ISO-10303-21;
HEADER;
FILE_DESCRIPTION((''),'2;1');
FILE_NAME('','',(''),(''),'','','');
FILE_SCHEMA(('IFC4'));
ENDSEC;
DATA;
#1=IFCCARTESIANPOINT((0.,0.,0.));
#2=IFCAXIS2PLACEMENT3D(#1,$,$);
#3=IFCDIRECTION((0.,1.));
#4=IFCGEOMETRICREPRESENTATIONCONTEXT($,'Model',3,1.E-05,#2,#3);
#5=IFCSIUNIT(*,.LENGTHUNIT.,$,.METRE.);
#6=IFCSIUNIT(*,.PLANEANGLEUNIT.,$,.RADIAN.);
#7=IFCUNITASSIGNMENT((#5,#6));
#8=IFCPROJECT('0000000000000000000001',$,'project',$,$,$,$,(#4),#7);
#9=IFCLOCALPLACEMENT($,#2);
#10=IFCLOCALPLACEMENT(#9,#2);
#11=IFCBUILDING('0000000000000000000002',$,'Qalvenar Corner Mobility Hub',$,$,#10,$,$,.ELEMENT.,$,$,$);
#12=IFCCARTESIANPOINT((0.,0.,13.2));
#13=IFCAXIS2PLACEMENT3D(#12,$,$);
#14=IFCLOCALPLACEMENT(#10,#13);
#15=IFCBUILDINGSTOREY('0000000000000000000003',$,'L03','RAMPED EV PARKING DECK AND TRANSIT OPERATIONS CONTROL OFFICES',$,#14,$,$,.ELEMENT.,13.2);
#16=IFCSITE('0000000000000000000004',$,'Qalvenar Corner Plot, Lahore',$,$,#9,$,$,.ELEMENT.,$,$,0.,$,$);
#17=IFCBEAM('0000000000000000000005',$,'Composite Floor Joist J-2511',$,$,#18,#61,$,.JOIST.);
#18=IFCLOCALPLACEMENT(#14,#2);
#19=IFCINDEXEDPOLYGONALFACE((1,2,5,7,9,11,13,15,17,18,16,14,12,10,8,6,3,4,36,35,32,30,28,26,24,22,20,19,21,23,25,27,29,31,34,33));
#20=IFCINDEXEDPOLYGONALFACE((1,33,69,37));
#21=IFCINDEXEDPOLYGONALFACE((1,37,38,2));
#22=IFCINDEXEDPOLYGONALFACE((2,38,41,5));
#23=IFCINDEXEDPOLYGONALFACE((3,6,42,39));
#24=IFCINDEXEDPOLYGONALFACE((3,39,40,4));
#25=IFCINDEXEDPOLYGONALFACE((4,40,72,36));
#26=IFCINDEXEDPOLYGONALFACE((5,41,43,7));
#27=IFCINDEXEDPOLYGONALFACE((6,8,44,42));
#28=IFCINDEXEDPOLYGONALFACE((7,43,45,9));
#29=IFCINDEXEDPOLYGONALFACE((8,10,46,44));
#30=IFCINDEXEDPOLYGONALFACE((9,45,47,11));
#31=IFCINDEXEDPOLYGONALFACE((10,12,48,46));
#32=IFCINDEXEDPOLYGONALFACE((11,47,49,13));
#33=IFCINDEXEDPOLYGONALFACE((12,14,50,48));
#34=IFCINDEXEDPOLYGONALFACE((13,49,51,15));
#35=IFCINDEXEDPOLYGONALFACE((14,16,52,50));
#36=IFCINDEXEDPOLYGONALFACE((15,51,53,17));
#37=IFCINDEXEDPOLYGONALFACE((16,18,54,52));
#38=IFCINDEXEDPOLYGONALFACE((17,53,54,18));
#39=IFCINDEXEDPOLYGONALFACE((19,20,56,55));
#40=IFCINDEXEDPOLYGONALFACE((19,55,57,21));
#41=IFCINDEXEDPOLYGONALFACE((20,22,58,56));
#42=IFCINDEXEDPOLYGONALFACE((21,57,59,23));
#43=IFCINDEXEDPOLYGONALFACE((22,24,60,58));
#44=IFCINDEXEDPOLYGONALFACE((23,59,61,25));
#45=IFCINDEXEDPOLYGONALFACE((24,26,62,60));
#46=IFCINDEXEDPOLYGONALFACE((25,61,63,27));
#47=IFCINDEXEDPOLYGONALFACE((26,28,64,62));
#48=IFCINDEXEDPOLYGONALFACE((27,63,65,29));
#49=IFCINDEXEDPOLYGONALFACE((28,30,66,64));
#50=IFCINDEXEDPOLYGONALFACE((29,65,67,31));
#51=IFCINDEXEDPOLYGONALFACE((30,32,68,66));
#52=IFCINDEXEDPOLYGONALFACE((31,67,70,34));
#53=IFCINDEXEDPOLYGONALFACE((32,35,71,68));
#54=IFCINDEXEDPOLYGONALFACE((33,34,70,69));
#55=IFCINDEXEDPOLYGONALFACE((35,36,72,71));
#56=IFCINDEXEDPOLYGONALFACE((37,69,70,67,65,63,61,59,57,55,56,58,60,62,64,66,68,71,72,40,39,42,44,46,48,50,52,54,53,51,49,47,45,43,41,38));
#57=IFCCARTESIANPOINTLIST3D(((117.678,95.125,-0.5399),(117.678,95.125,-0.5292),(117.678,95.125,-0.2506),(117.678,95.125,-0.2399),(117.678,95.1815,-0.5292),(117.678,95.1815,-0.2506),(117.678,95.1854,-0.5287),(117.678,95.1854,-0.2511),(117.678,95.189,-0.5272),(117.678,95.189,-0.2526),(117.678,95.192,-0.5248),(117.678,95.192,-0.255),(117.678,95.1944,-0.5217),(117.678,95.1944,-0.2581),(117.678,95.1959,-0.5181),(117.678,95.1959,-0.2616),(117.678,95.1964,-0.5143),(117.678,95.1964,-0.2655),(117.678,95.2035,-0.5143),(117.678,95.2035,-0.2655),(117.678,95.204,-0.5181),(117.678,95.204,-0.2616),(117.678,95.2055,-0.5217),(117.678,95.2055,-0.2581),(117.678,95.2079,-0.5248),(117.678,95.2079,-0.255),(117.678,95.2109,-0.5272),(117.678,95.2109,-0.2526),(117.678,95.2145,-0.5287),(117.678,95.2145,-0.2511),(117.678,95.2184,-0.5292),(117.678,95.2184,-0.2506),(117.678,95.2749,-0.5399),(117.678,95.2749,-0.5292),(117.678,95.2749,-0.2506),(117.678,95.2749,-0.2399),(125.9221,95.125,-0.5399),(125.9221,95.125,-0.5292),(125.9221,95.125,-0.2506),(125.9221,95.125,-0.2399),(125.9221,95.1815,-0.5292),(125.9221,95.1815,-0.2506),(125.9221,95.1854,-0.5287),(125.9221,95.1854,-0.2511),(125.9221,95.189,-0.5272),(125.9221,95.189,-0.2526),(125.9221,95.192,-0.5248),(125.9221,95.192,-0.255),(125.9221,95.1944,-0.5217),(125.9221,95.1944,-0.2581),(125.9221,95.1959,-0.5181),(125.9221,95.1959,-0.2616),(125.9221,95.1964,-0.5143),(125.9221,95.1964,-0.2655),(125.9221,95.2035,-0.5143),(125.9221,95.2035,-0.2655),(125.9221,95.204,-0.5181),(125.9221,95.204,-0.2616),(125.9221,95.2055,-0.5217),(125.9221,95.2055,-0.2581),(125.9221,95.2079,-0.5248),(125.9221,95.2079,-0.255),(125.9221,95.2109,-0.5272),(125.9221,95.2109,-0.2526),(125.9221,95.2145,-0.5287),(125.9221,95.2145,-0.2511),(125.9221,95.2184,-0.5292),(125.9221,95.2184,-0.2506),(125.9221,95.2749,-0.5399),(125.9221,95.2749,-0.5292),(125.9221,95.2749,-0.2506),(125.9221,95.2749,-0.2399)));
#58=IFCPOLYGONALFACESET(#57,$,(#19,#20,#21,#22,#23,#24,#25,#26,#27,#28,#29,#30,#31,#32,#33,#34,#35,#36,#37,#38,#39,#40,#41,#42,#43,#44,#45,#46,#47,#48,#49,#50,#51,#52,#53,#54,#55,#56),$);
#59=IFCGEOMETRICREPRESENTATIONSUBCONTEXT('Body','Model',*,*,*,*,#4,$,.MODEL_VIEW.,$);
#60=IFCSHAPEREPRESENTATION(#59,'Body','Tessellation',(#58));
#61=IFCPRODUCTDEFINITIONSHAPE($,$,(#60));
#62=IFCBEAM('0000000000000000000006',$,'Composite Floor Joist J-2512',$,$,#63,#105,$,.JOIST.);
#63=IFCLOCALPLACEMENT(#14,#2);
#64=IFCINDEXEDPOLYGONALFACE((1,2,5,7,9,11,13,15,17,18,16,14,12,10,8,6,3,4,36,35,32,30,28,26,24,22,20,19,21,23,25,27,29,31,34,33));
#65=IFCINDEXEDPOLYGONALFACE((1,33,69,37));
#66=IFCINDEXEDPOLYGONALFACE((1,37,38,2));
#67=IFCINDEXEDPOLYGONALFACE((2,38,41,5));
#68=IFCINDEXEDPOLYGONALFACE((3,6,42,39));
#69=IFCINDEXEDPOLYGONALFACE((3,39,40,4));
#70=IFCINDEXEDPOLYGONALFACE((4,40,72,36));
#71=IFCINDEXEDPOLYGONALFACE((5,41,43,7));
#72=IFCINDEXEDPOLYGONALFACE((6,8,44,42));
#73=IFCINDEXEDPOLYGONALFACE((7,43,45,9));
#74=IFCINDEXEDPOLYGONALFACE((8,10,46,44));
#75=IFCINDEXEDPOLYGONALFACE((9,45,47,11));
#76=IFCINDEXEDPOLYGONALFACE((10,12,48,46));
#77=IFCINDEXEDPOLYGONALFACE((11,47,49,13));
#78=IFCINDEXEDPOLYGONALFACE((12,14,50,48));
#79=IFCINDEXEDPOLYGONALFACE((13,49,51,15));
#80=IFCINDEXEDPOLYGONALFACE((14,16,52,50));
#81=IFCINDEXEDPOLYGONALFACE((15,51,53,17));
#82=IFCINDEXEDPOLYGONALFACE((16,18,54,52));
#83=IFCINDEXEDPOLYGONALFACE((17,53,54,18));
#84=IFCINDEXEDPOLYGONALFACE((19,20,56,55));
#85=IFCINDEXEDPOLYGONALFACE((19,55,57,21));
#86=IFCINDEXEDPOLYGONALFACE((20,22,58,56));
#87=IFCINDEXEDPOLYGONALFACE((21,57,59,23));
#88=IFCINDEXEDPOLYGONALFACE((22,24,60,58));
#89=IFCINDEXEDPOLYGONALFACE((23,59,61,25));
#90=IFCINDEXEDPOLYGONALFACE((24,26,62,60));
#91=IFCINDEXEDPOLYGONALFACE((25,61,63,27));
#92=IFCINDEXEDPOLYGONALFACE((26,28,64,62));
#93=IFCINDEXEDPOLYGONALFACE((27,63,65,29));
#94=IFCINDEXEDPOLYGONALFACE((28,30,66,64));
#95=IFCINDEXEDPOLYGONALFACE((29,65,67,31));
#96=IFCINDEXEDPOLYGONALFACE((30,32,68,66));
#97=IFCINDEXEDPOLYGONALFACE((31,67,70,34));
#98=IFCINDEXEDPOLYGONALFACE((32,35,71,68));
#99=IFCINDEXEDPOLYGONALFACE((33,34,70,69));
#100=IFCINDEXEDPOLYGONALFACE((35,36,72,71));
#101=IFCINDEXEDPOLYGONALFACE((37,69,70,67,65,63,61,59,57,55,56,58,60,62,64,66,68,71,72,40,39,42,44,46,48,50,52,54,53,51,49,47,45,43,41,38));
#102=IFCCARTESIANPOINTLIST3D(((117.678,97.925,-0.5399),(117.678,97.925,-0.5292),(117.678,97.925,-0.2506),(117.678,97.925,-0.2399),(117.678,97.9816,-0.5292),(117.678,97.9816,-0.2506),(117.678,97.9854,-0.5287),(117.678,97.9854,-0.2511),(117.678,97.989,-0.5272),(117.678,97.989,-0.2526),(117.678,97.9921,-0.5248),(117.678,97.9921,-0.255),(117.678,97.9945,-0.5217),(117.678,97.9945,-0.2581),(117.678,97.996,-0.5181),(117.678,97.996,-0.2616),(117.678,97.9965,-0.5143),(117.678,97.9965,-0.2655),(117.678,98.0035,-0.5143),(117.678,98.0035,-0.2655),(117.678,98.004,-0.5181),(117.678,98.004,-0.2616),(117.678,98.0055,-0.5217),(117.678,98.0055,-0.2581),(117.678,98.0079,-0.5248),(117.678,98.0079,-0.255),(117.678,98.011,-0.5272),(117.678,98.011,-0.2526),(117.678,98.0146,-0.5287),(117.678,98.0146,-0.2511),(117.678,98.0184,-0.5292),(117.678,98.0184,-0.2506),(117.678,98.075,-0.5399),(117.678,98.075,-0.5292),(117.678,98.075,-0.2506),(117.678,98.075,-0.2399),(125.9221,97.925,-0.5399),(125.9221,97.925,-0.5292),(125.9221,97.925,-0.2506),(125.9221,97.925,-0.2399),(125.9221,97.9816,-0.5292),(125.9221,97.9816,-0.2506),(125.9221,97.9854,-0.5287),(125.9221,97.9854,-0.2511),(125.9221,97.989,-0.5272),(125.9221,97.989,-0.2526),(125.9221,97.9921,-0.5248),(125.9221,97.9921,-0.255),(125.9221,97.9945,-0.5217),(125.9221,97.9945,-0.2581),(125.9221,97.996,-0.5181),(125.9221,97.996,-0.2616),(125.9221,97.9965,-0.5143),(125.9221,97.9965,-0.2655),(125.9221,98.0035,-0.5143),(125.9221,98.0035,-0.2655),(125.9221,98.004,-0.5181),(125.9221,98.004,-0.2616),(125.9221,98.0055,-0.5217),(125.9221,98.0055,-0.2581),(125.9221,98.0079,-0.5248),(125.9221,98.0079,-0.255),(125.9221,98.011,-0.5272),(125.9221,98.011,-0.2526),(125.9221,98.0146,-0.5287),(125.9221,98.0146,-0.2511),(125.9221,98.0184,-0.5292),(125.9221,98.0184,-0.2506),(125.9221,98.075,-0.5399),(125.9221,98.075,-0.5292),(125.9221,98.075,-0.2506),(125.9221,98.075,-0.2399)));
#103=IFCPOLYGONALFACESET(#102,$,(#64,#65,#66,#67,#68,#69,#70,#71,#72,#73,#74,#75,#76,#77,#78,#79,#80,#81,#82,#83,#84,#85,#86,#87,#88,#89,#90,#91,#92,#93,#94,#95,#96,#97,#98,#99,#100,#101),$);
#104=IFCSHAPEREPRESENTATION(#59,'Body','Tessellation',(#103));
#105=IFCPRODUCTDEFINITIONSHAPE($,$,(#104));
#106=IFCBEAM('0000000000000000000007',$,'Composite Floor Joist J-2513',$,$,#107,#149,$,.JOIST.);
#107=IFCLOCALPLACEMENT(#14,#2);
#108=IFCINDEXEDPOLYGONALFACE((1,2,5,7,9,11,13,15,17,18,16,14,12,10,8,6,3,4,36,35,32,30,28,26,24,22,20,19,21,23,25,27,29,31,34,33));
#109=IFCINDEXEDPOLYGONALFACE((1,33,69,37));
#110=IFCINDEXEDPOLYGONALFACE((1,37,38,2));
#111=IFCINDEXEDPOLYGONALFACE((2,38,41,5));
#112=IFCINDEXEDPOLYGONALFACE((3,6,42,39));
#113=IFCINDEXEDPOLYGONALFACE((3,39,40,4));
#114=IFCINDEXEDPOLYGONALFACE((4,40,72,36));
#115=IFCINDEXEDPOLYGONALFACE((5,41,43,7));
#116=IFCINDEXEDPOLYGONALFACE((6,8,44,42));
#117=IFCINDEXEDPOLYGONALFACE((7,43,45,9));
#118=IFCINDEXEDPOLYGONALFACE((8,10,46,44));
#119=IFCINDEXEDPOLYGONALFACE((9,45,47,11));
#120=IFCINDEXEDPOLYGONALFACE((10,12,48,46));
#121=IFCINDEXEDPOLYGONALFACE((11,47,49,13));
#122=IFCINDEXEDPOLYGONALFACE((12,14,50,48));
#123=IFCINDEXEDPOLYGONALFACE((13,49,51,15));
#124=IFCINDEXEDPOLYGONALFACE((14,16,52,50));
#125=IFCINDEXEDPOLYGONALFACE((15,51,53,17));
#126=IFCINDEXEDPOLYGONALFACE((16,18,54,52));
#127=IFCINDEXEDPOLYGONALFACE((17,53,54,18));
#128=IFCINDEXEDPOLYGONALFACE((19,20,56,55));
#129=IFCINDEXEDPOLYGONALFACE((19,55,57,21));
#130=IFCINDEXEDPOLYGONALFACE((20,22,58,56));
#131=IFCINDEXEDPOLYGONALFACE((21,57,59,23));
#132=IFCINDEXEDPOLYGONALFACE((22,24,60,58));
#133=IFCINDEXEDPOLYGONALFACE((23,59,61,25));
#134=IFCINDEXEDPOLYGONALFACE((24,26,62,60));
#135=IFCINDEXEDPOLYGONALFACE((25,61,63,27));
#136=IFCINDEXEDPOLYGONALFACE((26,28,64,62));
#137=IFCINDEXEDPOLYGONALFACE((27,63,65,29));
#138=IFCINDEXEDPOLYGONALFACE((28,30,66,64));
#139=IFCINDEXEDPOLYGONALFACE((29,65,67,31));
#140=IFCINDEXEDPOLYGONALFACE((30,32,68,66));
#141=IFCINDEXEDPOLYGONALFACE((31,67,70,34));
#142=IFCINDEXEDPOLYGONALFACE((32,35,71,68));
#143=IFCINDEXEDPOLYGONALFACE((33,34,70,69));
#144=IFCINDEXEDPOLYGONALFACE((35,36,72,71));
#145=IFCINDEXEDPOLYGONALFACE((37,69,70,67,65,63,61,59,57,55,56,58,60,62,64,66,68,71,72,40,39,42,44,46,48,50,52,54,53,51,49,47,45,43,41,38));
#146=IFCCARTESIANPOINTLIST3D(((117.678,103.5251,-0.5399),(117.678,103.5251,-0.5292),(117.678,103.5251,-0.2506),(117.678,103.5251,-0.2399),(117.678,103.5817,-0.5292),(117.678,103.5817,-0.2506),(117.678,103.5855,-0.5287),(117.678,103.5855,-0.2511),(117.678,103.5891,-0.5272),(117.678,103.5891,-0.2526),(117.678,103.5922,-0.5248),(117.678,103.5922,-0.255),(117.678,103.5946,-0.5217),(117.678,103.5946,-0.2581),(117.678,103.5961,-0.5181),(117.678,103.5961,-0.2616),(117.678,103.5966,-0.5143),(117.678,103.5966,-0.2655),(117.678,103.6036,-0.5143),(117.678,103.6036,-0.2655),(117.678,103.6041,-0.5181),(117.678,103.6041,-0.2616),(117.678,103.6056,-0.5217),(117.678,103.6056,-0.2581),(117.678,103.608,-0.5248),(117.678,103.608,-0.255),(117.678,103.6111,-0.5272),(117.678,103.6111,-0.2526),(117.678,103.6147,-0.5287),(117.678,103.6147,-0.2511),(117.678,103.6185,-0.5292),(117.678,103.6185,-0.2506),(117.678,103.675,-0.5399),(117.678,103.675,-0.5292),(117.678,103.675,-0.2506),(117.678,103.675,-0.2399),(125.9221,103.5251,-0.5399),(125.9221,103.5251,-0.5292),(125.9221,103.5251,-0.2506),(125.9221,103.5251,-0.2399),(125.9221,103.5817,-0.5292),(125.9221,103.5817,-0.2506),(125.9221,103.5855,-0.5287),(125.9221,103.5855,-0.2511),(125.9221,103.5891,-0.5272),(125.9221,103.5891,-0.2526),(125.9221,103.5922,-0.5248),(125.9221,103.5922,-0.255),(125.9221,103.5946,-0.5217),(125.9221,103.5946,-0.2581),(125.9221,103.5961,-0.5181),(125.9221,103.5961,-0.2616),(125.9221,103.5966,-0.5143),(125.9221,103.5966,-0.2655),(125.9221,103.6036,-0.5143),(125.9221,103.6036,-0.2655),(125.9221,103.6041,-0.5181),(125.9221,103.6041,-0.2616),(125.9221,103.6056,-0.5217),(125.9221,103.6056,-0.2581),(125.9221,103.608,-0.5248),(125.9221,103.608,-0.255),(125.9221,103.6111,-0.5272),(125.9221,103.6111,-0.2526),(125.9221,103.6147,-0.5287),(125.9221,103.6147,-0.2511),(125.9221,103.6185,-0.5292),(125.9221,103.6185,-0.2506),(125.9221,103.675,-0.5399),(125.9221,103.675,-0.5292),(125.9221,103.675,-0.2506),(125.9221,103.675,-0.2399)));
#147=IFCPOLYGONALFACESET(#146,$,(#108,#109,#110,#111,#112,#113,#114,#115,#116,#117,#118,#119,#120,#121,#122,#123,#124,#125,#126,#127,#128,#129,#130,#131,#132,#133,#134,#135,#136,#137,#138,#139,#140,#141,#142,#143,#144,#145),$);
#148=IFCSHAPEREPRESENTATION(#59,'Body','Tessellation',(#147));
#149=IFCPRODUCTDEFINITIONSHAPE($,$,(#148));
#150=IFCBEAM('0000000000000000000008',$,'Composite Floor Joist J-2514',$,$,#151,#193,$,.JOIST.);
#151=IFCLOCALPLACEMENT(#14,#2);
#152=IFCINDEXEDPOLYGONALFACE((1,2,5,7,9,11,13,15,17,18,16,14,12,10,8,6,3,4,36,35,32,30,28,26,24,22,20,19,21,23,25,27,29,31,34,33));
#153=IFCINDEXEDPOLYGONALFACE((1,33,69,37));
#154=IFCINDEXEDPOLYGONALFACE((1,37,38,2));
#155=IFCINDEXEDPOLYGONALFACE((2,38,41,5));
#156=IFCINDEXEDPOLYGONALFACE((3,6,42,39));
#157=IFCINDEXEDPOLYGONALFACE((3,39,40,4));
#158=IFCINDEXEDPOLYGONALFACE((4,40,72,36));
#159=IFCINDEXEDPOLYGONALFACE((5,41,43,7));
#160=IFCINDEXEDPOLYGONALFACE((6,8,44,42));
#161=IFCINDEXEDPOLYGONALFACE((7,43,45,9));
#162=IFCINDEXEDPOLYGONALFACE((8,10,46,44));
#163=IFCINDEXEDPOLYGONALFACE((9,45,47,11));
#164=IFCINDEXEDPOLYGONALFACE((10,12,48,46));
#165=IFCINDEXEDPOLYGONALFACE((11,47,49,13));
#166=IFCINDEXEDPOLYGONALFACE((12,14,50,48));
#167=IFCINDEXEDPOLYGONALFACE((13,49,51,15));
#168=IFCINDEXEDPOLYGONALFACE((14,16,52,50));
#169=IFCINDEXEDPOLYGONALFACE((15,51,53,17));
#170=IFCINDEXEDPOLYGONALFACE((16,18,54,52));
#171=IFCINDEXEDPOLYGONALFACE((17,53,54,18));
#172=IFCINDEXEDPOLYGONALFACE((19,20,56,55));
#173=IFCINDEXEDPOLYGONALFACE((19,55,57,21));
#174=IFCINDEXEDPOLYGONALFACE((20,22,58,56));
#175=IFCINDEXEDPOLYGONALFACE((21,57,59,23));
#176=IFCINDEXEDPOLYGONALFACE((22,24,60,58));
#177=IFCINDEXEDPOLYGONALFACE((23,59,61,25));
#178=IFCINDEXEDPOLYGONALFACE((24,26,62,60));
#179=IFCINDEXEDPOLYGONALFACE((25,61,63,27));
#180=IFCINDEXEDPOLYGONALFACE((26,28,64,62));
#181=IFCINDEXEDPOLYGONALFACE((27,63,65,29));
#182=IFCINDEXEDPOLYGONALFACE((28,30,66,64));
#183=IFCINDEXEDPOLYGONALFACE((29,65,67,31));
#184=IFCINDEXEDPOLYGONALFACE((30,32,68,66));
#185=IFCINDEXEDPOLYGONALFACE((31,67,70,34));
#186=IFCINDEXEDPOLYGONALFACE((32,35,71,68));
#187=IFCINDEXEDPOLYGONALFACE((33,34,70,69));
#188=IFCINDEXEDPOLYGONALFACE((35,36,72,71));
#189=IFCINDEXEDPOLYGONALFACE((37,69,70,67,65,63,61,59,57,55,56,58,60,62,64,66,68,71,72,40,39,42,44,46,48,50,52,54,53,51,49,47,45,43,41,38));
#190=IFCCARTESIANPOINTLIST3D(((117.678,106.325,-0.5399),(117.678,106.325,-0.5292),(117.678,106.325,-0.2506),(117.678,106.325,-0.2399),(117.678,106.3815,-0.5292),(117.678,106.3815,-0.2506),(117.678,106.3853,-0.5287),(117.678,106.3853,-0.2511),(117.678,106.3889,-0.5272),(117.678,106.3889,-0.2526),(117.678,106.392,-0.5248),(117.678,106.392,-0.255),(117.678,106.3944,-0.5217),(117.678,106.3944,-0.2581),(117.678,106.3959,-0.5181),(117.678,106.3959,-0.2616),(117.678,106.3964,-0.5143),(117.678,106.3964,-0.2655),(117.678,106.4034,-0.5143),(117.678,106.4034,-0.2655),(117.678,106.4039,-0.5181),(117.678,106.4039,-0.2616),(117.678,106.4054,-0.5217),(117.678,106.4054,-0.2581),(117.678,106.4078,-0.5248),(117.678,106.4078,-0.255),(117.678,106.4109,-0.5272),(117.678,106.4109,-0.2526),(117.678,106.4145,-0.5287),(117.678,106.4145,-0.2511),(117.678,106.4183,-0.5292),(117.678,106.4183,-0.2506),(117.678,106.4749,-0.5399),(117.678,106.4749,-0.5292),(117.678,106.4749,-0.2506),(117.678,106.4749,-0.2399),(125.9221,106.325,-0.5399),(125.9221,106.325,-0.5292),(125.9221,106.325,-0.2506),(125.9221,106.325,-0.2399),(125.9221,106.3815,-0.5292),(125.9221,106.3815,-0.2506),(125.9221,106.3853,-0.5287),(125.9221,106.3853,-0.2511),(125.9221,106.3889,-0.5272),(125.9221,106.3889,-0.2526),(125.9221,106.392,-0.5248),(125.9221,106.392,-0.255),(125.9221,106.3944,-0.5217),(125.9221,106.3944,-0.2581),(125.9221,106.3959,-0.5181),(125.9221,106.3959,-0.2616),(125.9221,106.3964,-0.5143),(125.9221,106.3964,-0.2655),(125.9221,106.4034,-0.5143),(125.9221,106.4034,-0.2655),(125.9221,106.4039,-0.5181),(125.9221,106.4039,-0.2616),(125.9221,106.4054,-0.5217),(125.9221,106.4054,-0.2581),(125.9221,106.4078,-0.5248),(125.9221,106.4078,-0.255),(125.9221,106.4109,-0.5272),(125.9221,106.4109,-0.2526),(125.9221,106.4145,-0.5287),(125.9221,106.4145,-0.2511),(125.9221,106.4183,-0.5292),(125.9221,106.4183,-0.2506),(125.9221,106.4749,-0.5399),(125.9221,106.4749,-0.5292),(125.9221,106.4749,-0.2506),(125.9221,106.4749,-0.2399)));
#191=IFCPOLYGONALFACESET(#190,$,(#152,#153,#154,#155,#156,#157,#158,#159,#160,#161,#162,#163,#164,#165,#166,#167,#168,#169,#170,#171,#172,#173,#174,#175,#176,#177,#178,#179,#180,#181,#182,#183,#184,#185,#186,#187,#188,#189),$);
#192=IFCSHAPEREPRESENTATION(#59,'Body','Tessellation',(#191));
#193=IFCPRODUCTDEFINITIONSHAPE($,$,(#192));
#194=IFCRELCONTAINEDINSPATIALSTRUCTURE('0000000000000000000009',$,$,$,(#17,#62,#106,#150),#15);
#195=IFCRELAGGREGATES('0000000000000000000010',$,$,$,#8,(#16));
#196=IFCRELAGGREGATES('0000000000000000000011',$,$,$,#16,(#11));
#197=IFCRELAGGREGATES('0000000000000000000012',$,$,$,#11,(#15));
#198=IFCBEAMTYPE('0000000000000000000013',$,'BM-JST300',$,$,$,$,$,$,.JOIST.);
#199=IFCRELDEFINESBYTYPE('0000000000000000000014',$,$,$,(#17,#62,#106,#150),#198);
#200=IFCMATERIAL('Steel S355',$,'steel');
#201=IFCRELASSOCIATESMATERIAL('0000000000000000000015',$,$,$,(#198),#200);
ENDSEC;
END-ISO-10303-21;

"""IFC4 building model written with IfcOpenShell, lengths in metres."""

from ifc_helpers import new_model, si_unit, direction, frame, origin, origin_2d, place, context, subcontext, project, spatial, i_section, extrude, material, material_profile, profile_set, type_object, element, save


model = new_model("IFC4")

# Units and contexts
model_context = context("Model", 3, precision=1e-05, world=origin(), true_north=direction((0.0, 1.0)))
body_context = subcontext(model_context, "Body", "Model", "MODEL_VIEW")
ifc_project = project(units=[si_unit("LENGTHUNIT", "METRE"), si_unit("PLANEANGLEUNIT", "RADIAN")], contexts=[model_context])

# Site, building, storey
site_placement = place(None, origin())
site = spatial("IfcSite", under=ifc_project, at=site_placement, Name="Qalvenar Corner Plot, Lahore", CompositionType="ELEMENT", RefElevation=0.0)
building_placement = place(site_placement, origin())
building = spatial("IfcBuilding", under=site, at=building_placement, Name="Qalvenar Corner Mobility Hub", CompositionType="ELEMENT")
storey_placement = place(building_placement, frame((0.0, 0.0, 13.2)))
storey = spatial("IfcBuildingStorey", under=building, at=storey_placement, Name="L03", Description="RAMPED EV PARKING DECK AND TRANSIT OPERATIONS CONTROL OFFICES", CompositionType="ELEMENT", Elevation=13.2)

# Shared definitions
ifc_material = material(Name="Steel S355", Category="steel")

# Beams
ifc_material_profile_1 = material_profile(ifc_material, i_section(OverallWidth=0.1499, OverallDepth=0.3, WebThickness=0.0071, FlangeThickness=0.0107, FilletRadius=0.0149, at=origin_2d()), Name="IPE300")
ifc_profile_set_1 = profile_set([ifc_material_profile_1], Name="Steel S355")
beam_type_1 = type_object("IfcBeamType", Name="BM-JST300", PredefinedType="JOIST", material=ifc_profile_set_1)
for number, where, z_axis, x_axis, name in (
    (1, (117.678, 95.2, -0.3899), (1.0, 0.0, 0.0), (0.0, 1.0, 0.0), "Composite Floor Joist J-2511"),
    (2, (117.678, 98.0, -0.3899), (1.0, 0.0, 0.0), (0.0, 1.0, 0.0), "Composite Floor Joist J-2512"),
    (3, (117.678, 103.6001, -0.3899), (1.0, 0.0, 0.0), (0.0, 1.0, 0.0), "Composite Floor Joist J-2513"),
    (4, (117.678, 106.3999, -0.3899), (1.0, 0.0, 0.0), (0.0, 1.0, 0.0), "Composite Floor Joist J-2514"),
):
    element("IfcBeam", number, at=place(storey_placement, frame(where, z_axis=z_axis, x_axis=x_axis)), inside=storey, type_object=beam_type_1, Name=name, PredefinedType="JOIST", context=body_context, shape_type="SweptSolid", body=[
        extrude(i_section(OverallWidth=0.1499, OverallDepth=0.3, WebThickness=0.0071, FlangeThickness=0.0107, FilletRadius=0.0149, at=origin_2d()), origin(), (0.0, 0.0, 1.0), 8.2441),
    ])

save(model, "model.ifc")
